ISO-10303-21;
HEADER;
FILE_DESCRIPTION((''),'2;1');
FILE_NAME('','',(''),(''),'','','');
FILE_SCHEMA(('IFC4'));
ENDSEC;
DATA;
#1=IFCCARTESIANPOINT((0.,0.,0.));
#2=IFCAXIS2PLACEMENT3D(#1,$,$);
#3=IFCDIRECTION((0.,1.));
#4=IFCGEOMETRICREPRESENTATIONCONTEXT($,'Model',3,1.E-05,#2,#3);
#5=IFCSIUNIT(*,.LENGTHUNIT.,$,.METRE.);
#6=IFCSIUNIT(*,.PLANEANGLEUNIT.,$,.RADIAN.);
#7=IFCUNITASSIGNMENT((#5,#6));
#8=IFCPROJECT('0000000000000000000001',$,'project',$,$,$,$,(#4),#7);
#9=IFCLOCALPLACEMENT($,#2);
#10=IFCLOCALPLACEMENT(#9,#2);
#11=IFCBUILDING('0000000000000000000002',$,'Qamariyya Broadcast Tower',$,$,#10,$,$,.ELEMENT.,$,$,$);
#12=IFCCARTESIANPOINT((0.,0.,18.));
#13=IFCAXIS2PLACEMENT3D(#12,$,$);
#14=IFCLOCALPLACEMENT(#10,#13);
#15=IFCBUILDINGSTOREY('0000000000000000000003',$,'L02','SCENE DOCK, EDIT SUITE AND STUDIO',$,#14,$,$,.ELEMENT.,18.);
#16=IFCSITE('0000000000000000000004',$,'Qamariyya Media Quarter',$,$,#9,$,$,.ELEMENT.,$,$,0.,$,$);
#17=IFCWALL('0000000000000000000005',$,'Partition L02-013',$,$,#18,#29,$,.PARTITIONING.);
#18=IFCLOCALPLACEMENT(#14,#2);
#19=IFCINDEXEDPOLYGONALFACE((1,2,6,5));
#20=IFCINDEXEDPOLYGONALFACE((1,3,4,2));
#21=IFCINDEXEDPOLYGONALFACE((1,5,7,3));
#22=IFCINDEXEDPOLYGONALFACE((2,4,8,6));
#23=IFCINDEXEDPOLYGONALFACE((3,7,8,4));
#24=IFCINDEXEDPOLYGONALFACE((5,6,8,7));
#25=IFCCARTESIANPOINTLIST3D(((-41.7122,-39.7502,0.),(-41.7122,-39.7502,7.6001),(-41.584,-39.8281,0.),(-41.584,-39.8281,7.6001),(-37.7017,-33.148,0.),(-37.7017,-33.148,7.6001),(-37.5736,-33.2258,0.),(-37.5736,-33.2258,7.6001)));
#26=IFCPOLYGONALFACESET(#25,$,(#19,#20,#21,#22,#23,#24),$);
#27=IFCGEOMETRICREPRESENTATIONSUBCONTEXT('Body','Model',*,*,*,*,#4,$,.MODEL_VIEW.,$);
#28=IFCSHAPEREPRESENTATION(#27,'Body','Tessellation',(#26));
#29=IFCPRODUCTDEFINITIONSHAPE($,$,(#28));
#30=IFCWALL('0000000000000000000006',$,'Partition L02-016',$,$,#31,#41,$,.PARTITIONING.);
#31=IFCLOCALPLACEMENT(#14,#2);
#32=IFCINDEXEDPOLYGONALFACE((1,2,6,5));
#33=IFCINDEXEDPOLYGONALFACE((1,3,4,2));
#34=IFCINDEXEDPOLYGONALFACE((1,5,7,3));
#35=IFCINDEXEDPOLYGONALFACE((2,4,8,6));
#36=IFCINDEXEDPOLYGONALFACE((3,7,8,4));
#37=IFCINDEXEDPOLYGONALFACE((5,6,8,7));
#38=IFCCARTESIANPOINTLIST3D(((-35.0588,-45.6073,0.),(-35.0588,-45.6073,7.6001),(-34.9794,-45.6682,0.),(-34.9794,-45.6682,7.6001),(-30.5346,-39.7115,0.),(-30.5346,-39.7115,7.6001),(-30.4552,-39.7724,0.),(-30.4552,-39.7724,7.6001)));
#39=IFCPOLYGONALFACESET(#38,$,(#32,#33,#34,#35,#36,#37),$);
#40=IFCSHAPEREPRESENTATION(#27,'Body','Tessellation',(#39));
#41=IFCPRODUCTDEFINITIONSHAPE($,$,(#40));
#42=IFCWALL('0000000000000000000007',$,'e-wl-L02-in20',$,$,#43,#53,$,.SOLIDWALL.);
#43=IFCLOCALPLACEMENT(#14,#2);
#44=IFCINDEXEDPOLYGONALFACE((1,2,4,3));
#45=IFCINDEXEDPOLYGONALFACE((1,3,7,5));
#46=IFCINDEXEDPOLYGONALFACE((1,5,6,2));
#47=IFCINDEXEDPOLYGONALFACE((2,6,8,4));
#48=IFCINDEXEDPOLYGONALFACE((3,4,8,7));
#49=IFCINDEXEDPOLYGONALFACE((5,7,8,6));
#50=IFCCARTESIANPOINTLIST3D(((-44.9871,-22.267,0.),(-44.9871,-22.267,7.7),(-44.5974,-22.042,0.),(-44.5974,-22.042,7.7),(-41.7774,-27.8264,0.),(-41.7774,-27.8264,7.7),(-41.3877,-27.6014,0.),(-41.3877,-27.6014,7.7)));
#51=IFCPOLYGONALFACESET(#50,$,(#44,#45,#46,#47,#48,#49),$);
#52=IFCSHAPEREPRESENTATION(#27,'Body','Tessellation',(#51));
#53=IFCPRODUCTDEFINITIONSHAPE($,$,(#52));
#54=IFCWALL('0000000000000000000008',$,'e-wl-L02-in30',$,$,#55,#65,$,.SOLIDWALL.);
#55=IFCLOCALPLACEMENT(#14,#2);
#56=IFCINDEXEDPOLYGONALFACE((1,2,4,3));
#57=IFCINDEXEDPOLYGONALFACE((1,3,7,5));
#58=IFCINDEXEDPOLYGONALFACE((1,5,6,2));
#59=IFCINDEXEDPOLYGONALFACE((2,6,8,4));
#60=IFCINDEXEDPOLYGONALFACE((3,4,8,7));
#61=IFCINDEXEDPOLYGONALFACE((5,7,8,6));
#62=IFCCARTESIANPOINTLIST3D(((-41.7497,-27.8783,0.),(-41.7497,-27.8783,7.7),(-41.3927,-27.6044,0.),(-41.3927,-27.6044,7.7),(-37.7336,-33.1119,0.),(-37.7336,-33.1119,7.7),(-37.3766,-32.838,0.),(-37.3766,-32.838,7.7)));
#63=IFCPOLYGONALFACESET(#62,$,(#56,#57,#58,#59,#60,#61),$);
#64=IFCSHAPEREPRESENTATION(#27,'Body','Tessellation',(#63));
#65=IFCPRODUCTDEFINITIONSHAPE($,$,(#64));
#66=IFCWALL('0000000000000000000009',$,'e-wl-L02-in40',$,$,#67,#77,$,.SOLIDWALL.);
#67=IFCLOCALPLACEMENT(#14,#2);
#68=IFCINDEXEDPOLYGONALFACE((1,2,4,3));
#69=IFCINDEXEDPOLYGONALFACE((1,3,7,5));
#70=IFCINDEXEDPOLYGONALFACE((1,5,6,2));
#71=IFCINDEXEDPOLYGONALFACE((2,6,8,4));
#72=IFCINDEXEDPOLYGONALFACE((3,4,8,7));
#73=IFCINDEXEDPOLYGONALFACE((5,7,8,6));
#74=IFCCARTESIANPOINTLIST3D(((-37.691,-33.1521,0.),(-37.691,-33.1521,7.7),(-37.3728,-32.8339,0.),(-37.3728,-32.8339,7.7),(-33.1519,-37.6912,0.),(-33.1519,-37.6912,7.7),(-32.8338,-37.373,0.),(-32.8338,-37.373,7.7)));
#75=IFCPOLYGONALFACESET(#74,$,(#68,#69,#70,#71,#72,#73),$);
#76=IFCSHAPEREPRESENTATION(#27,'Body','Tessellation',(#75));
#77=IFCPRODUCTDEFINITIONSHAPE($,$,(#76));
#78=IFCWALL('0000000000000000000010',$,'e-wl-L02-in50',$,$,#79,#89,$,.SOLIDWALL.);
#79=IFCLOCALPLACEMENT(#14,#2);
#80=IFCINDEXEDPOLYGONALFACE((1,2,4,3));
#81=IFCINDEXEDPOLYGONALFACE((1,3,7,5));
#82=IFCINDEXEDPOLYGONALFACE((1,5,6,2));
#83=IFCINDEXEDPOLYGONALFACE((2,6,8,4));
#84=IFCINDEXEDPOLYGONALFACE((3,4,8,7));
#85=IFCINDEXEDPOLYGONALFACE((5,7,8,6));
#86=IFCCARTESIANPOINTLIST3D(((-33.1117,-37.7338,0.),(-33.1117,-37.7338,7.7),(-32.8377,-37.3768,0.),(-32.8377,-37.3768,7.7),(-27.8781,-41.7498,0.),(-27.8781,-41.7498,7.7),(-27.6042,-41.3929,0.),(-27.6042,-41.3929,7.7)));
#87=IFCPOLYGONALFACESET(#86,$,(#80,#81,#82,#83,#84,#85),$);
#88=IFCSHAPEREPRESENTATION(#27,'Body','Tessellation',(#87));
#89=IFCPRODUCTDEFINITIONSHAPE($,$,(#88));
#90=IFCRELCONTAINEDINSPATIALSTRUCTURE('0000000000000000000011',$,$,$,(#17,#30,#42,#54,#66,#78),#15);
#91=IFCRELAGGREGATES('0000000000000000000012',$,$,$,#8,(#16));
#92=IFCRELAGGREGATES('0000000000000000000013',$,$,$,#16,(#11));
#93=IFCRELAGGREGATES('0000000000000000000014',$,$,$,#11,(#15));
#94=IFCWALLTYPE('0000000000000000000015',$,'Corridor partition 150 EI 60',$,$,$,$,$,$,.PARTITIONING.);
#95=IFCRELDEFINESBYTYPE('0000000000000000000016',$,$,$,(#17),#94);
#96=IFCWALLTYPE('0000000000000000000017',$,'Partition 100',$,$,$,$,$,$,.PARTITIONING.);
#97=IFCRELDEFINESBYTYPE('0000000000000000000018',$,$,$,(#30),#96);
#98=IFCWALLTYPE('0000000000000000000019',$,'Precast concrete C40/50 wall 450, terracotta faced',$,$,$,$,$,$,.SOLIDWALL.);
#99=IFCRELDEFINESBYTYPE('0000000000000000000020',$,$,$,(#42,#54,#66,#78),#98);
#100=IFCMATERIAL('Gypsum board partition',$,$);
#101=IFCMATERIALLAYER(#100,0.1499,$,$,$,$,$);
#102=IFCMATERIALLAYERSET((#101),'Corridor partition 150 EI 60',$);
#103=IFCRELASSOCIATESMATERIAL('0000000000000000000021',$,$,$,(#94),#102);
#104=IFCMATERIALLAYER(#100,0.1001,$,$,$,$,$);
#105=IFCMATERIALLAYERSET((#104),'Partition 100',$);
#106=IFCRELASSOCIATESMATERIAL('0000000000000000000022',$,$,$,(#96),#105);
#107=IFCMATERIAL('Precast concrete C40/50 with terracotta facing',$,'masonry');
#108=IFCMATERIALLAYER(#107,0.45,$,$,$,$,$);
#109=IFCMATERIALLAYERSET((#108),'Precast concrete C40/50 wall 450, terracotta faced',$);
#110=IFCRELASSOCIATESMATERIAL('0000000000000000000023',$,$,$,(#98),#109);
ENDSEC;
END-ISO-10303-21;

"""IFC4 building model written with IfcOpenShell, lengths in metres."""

from ifc_helpers import new_model, si_unit, direction, frame, frame_2d, origin, place, context, subcontext, project, spatial, rectangle, extrude, material, layer, layer_set, type_object, element, save


model = new_model("IFC4")

# Units and contexts
model_context = context("Model", 3, precision=1e-05, world=origin(), true_north=direction((0.0, 1.0)))
body_context = subcontext(model_context, "Body", "Model", "MODEL_VIEW")
ifc_project = project(units=[si_unit("LENGTHUNIT", "METRE"), si_unit("PLANEANGLEUNIT", "RADIAN")], contexts=[model_context])

# Site, building, storey
site_placement = place(None, origin())
site = spatial("IfcSite", under=ifc_project, at=site_placement, Name="Qamariyya Media Quarter", CompositionType="ELEMENT", RefElevation=0.0)
building_placement = place(site_placement, origin())
building = spatial("IfcBuilding", under=site, at=building_placement, Name="Qamariyya Broadcast Tower", CompositionType="ELEMENT")
storey_placement = place(building_placement, frame((0.0, 0.0, 18.0)))
storey = spatial("IfcBuildingStorey", under=building, at=storey_placement, Name="L02", Description="SCENE DOCK, EDIT SUITE AND STUDIO", CompositionType="ELEMENT", Elevation=18.0)

# Walls
ifc_material_1 = material(Name="Gypsum board partition")
ifc_layer_1 = layer(ifc_material_1, 0.1499)
ifc_layer_set_1 = layer_set([ifc_layer_1], Name="Corridor partition 150 EI 60")
wall_type_1 = type_object("IfcWallType", Name="Corridor partition 150 EI 60", PredefinedType="PARTITIONING", material=ifc_layer_set_1)
wall_1_placement = place(storey_placement, frame((-37.6377, -33.187, 0.0), z_axis=(0.0, 0.0, 1.0), x_axis=(-0.519164, -0.854675, 0.0)))
element("IfcWall", 1, at=wall_1_placement, inside=storey, type_object=wall_type_1, Name="Partition L02-013", PredefinedType="PARTITIONING", context=body_context, shape_type="SweptSolid", body=[
    extrude(rectangle(XDim=7.7249, YDim=0.1499, at=frame_2d((3.8623, 0.0))), origin(), (0.0, 0.0, 1.0), 7.6001),
])
ifc_layer_2 = layer(ifc_material_1, 0.1001)
ifc_layer_set_2 = layer_set([ifc_layer_2], Name="Partition 100")
wall_type_2 = type_object("IfcWallType", Name="Partition 100", PredefinedType="PARTITIONING", material=ifc_layer_set_2)
wall_2_placement = place(storey_placement, frame((-30.4949, -39.7419, 0.0), z_axis=(0.0, 0.0, 1.0), x_axis=(-0.608778, -0.79334, 0.0)))
element("IfcWall", 2, at=wall_2_placement, inside=storey, type_object=wall_type_2, Name="Partition L02-016", PredefinedType="PARTITIONING", context=body_context, shape_type="SweptSolid", body=[
    extrude(rectangle(XDim=7.4316, YDim=0.1001, at=frame_2d((3.7158, 0.0))), origin(), (0.0, 0.0, 1.0), 7.6001),
])
ifc_material_2 = material(Name="Precast concrete C40/50 with terracotta facing", Category="masonry")
ifc_layer_3 = layer(ifc_material_2, 0.45)
ifc_layer_set_3 = layer_set([ifc_layer_3], Name="Precast concrete C40/50 wall 450, terracotta faced")
wall_type_3 = type_object("IfcWallType", Name="Precast concrete C40/50 wall 450, terracotta faced", PredefinedType="SOLIDWALL", material=ifc_layer_set_3)
wall_3_placement = place(storey_placement, frame((-41.5825, -27.7139, 0.0), z_axis=(0.0, 0.0, 1.0), x_axis=(-0.500004, 0.866023, 0.0)))
element("IfcWall", 3, at=wall_3_placement, inside=storey, type_object=wall_type_3, Name="e-wl-L02-in20", PredefinedType="SOLIDWALL", context=body_context, shape_type="SweptSolid", body=[
    extrude(rectangle(XDim=6.4194, YDim=0.45, at=frame_2d((3.2097, 0.0))), origin(), (0.0, 0.0, 1.0), 7.7),
])
wall_4_placement = place(storey_placement, frame((-37.5552, -32.9749, 0.0), z_axis=(0.0, 0.0, 1.0), x_axis=(-0.60878, 0.793339, 0.0)))
element("IfcWall", 4, at=wall_4_placement, inside=storey, type_object=wall_type_3, Name="e-wl-L02-in30", PredefinedType="SOLIDWALL", context=body_context, shape_type="SweptSolid", body=[
    extrude(rectangle(XDim=6.5969, YDim=0.45, at=frame_2d((3.2983, 0.0))), origin(), (0.0, 0.0, 1.0), 7.7),
])
wall_5_placement = place(storey_placement, frame((-32.9929, -37.532, 0.0), z_axis=(0.0, 0.0, 1.0), x_axis=(-0.707107, 0.707107, 0.0)))
element("IfcWall", 5, at=wall_5_placement, inside=storey, type_object=wall_type_3, Name="e-wl-L02-in40", PredefinedType="SOLIDWALL", context=body_context, shape_type="SweptSolid", body=[
    extrude(rectangle(XDim=6.4192, YDim=0.45, at=frame_2d((3.2095, 0.0))), origin(), (0.0, 0.0, 1.0), 7.7),
])
wall_6_placement = place(storey_placement, frame((-27.7412, -41.5713, 0.0), z_axis=(0.0, 0.0, 1.0), x_axis=(-0.793339, 0.60878, 0.0)))
element("IfcWall", 6, at=wall_6_placement, inside=storey, type_object=wall_type_3, Name="e-wl-L02-in50", PredefinedType="SOLIDWALL", context=body_context, shape_type="SweptSolid", body=[
    extrude(rectangle(XDim=6.5969, YDim=0.45, at=frame_2d((3.2983, 0.0))), origin(), (0.0, 0.0, 1.0), 7.7),
])

save(model, "model.ifc")
